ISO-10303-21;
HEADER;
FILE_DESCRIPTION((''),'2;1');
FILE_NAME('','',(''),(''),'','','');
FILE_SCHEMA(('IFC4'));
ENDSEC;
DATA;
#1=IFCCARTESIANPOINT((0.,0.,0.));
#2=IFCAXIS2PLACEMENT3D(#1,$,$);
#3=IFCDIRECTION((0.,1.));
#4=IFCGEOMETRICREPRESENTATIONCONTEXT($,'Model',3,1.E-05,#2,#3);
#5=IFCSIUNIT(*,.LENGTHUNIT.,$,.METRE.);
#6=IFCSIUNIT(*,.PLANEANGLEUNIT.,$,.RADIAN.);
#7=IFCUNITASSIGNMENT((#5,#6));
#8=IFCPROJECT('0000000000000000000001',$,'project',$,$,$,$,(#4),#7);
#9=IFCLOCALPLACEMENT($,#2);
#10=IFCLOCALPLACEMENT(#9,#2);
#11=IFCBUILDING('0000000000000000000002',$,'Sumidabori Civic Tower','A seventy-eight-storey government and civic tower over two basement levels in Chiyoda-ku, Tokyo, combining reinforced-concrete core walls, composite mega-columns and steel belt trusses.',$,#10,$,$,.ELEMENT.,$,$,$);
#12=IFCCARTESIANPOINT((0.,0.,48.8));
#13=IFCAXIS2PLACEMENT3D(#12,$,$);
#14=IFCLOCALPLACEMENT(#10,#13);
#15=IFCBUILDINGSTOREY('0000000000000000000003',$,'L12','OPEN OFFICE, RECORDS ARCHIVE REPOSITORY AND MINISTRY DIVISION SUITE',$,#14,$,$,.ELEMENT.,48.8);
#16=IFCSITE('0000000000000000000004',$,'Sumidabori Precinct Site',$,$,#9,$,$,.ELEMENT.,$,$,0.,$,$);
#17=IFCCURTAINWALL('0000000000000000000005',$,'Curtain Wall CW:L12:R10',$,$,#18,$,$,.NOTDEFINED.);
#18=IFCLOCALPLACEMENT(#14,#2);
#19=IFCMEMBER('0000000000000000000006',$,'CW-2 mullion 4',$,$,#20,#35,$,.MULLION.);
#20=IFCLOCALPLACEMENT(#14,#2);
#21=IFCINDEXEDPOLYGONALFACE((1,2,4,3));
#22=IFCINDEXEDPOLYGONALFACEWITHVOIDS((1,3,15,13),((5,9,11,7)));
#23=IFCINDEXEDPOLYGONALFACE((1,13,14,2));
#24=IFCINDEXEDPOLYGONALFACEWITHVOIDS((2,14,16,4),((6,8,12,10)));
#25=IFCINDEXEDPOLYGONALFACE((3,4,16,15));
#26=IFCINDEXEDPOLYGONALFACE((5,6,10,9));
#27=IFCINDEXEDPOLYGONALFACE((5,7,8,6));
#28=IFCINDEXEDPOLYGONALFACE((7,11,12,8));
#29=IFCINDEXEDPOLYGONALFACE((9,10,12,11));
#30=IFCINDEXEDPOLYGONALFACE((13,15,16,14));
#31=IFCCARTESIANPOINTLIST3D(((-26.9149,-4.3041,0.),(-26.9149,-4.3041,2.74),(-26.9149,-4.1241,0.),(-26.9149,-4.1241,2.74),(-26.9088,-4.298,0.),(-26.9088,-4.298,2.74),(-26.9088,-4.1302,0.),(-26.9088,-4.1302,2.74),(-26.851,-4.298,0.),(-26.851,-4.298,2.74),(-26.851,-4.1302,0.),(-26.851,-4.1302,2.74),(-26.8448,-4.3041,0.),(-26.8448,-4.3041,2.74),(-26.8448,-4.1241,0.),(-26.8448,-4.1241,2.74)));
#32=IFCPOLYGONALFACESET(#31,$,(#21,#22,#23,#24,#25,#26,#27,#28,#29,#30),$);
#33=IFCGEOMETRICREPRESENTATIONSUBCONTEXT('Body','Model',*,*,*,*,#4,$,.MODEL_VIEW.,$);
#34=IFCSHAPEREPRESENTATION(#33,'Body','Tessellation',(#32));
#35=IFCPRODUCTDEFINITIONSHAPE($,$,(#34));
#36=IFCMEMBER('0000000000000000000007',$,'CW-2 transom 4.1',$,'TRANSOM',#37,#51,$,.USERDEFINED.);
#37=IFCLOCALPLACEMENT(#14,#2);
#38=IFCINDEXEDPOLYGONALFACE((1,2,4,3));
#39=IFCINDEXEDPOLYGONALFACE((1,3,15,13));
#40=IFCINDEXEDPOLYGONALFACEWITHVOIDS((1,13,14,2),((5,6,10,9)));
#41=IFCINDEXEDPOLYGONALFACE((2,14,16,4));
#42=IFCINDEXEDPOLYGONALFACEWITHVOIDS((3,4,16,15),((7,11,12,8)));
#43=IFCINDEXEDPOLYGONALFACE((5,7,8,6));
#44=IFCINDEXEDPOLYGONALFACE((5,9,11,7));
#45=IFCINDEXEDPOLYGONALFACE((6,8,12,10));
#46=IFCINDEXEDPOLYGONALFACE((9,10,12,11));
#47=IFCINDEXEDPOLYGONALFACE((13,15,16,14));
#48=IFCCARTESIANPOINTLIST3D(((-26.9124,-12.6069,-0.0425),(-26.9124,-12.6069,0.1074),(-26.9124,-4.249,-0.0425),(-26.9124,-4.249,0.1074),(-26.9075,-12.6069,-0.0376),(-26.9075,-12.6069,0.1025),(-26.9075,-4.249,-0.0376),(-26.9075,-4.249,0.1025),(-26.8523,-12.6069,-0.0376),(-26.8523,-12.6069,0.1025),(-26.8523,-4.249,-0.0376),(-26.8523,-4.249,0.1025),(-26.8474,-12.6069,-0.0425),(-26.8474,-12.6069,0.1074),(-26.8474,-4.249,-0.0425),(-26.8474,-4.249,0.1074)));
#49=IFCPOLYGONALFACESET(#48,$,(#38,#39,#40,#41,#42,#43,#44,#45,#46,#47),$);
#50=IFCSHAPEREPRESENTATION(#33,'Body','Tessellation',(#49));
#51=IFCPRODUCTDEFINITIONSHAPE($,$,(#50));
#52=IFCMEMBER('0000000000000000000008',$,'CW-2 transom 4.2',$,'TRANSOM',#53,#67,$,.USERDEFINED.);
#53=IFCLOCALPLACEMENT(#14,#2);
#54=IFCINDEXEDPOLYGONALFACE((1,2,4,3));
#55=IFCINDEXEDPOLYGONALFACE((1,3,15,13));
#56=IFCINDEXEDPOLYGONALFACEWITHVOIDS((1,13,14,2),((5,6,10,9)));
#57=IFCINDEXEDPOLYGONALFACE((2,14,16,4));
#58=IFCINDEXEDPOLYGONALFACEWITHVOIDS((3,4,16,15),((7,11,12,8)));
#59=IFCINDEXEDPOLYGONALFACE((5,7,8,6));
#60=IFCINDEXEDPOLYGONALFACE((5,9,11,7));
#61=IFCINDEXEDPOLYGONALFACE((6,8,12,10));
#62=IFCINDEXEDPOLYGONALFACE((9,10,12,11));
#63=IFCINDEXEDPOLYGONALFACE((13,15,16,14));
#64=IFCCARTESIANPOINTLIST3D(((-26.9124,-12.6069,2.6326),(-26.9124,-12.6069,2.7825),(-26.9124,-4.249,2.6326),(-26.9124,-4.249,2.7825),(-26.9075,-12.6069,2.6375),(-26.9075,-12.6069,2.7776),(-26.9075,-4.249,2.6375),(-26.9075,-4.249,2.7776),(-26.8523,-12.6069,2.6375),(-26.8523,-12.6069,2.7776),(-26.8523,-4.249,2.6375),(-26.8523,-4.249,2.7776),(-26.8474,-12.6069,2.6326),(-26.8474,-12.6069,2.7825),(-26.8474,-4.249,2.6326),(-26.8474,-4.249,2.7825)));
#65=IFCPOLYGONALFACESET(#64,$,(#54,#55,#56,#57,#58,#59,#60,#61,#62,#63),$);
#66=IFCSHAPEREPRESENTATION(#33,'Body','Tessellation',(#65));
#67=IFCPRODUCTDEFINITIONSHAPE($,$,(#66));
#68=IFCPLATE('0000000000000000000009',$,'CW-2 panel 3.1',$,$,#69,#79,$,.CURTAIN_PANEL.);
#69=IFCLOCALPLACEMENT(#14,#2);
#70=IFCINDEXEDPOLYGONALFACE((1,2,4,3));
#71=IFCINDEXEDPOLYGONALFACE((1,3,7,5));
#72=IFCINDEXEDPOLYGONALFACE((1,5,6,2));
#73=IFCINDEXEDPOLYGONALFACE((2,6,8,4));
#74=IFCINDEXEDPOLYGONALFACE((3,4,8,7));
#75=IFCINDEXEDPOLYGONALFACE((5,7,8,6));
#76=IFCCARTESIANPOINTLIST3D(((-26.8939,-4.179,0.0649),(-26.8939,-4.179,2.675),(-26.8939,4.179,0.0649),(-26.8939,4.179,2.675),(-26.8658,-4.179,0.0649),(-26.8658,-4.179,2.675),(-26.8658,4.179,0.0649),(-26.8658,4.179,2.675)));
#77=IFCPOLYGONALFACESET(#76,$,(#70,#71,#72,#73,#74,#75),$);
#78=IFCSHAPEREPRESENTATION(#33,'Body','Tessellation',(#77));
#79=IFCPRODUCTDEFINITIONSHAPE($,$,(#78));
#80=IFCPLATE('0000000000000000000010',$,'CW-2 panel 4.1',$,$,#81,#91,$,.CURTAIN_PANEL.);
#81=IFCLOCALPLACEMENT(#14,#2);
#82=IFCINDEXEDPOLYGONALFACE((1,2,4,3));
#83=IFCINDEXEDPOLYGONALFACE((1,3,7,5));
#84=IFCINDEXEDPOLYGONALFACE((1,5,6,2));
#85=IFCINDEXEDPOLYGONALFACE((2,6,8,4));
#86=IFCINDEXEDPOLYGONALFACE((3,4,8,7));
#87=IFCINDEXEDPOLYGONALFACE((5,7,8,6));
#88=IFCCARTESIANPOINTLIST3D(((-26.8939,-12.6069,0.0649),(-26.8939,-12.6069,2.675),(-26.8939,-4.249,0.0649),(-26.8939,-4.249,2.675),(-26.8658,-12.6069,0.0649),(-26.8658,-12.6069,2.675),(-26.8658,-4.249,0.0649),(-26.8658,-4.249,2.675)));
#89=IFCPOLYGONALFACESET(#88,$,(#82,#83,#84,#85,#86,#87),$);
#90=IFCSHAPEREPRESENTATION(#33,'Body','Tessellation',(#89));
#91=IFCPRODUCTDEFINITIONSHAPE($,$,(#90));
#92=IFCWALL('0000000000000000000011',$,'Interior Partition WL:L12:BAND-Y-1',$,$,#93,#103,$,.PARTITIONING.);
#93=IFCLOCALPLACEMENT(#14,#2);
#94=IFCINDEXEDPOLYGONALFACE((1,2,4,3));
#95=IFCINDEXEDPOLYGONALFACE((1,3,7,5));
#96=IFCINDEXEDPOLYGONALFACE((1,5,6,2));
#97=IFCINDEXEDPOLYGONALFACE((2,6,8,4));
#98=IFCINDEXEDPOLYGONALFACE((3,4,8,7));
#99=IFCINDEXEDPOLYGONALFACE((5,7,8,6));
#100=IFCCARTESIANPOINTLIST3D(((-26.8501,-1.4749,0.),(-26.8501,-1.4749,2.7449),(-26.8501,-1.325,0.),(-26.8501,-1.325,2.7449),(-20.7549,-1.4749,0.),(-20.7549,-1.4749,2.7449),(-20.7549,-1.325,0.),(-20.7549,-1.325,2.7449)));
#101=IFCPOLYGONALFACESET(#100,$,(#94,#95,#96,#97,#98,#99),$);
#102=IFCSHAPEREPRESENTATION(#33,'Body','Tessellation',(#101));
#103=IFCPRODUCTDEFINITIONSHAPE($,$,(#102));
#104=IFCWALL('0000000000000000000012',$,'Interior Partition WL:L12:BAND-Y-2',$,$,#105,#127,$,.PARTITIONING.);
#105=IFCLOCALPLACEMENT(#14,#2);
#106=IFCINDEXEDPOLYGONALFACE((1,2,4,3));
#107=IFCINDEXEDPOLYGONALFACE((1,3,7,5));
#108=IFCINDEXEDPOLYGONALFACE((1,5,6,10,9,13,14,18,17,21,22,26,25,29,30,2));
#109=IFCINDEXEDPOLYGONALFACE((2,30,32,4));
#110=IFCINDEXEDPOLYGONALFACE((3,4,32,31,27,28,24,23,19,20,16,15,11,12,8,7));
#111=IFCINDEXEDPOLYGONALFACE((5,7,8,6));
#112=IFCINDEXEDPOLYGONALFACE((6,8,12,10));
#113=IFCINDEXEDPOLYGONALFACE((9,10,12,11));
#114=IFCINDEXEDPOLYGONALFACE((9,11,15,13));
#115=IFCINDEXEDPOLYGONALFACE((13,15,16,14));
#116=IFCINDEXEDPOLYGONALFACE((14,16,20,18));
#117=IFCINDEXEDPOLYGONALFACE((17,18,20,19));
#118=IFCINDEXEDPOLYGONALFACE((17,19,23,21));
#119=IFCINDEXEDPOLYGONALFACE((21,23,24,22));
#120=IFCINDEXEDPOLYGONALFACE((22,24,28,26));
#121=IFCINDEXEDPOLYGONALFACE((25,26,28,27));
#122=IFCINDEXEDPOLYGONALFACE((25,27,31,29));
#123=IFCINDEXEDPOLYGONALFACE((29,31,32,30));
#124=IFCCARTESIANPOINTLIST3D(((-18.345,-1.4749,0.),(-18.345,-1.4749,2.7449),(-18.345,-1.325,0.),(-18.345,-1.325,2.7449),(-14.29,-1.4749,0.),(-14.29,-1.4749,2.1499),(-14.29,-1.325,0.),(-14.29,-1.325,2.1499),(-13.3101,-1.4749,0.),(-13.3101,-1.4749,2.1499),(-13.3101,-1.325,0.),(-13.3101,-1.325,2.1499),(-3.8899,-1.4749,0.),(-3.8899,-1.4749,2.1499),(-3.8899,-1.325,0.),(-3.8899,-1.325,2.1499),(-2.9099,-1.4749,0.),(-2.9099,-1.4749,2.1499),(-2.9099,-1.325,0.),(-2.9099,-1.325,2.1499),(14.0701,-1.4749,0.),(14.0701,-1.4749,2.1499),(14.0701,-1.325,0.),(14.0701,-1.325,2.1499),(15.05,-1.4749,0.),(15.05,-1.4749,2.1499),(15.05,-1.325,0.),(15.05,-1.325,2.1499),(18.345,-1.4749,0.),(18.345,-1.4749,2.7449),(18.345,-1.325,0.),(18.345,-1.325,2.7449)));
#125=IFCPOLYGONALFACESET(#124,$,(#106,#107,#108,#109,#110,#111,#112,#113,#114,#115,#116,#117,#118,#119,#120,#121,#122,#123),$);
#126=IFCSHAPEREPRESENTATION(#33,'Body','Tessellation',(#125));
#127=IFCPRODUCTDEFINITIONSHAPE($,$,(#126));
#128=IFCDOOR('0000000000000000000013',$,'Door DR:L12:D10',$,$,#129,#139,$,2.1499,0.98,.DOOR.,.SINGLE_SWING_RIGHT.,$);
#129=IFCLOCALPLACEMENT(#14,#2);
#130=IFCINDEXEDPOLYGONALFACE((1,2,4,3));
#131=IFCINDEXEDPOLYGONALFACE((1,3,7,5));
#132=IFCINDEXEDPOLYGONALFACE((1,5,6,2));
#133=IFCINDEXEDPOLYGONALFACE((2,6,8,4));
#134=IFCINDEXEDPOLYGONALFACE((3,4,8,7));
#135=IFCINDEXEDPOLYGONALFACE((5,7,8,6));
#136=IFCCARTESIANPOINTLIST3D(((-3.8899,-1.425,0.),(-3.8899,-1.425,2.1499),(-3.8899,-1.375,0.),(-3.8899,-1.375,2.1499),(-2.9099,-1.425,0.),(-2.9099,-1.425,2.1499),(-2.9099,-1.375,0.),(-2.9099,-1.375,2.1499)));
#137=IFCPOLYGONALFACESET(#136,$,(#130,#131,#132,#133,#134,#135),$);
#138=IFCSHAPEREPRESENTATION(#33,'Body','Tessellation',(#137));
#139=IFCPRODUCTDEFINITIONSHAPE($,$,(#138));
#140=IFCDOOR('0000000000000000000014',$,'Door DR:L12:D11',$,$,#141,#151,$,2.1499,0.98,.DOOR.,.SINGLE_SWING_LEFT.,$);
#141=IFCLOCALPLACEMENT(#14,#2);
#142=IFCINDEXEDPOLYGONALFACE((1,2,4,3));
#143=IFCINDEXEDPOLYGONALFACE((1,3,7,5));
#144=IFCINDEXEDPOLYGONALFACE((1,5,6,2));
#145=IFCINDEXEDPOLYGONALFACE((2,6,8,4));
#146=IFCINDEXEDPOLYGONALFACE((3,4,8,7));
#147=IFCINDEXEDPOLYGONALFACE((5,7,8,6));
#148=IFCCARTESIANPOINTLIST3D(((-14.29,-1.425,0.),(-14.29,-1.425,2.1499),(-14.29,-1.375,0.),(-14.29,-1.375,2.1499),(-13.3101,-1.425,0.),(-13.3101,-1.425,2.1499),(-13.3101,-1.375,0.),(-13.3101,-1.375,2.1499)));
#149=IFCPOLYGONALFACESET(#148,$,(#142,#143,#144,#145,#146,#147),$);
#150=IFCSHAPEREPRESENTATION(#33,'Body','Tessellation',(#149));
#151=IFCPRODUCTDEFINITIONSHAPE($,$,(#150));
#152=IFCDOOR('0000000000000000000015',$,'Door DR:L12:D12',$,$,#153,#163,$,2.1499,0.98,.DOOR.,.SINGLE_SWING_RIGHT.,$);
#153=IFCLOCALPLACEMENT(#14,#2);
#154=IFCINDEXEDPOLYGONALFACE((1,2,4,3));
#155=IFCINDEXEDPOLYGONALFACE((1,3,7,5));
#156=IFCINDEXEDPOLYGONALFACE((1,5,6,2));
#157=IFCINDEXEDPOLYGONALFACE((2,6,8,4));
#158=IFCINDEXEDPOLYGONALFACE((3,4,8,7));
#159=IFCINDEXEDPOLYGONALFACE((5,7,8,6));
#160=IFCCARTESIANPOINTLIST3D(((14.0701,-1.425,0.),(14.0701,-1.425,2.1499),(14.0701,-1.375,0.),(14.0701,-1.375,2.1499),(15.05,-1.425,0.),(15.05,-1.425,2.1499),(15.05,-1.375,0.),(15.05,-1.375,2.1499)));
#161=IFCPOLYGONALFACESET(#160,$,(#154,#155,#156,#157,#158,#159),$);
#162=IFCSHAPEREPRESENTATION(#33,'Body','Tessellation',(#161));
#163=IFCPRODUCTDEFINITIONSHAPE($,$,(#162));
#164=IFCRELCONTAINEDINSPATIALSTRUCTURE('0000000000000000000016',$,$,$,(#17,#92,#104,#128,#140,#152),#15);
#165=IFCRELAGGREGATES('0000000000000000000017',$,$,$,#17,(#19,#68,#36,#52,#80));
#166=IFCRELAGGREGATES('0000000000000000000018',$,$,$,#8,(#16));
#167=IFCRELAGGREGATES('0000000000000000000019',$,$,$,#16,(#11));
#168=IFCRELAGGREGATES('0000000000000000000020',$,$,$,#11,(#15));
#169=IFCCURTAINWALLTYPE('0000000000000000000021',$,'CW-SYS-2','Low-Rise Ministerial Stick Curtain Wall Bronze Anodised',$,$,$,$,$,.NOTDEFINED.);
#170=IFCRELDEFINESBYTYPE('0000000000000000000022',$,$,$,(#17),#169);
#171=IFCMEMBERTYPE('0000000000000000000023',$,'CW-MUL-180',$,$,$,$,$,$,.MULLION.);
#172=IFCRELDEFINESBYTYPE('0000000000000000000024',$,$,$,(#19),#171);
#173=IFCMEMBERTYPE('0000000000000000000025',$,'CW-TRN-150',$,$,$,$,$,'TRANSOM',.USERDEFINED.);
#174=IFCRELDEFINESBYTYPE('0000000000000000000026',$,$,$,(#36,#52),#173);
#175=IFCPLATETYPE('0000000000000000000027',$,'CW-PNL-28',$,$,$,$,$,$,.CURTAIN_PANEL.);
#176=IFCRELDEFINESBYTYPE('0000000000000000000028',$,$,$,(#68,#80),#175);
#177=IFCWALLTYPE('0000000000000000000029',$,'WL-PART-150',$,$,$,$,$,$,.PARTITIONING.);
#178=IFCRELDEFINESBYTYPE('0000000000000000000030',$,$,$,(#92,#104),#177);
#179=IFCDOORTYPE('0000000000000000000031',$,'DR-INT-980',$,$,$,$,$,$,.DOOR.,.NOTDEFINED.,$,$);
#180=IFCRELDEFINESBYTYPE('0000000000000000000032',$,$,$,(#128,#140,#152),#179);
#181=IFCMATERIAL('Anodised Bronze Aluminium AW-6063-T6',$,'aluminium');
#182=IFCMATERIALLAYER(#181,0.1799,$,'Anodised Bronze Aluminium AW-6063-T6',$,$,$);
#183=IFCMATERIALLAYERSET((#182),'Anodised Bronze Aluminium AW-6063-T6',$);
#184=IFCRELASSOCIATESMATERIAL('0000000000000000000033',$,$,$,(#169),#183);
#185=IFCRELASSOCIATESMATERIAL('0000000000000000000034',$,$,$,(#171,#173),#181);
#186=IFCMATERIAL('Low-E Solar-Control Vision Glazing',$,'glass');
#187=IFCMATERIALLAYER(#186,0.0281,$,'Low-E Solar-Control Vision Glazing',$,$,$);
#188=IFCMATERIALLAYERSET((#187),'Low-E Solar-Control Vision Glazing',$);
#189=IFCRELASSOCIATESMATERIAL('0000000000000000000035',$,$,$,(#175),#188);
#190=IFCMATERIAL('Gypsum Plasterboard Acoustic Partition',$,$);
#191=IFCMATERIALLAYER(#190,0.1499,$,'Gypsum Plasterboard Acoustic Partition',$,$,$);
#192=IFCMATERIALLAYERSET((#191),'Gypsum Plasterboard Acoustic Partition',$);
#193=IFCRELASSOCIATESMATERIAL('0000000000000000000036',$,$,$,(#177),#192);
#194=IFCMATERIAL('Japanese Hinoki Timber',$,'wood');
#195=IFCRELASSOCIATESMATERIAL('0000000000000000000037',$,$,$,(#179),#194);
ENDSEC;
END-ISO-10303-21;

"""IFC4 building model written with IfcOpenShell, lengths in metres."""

from ifc_helpers import new_model, si_unit, direction, frame, frame_2d, origin, origin_2d, place, context, subcontext, project, spatial, rectangle, hollow_rectangle, extrude, source, transform, mapped, material, layer, layer_set, material_profile, profile_set, type_object, element, fill, aggregate, save


model = new_model("IFC4")

# Units and contexts
model_context = context("Model", 3, precision=1e-05, world=origin(), true_north=direction((0.0, 1.0)))
body_context = subcontext(model_context, "Body", "Model", "MODEL_VIEW")
ifc_project = project(units=[si_unit("LENGTHUNIT", "METRE"), si_unit("PLANEANGLEUNIT", "RADIAN")], contexts=[model_context])

# Site, building, storey
site_placement = place(None, origin())
site = spatial("IfcSite", under=ifc_project, at=site_placement, Name="Sumidabori Precinct Site", CompositionType="ELEMENT", RefElevation=0.0)
building_placement = place(site_placement, origin())
building = spatial("IfcBuilding", under=site, at=building_placement, Name="Sumidabori Civic Tower", Description="A seventy-eight-storey government and civic tower over two basement levels in Chiyoda-ku, Tokyo, combining reinforced-concrete core walls, composite mega-columns and steel belt trusses.", CompositionType="ELEMENT")
storey_placement = place(building_placement, frame((0.0, 0.0, 48.8)))
storey = spatial("IfcBuildingStorey", under=building, at=storey_placement, Name="L12", Description="OPEN OFFICE, RECORDS ARCHIVE REPOSITORY AND MINISTRY DIVISION SUITE", CompositionType="ELEMENT", Elevation=48.8)

# Curtain wall, members, plates
ifc_material_1 = material(Name="Anodised Bronze Aluminium AW-6063-T6", Category="aluminium")
ifc_layer_1 = layer(ifc_material_1, 0.1799, Name="Anodised Bronze Aluminium AW-6063-T6")
ifc_layer_set_1 = layer_set([ifc_layer_1], Name="Anodised Bronze Aluminium AW-6063-T6")
curtain_wall_type = type_object("IfcCurtainWallType", Name="CW-SYS-2", Description="Low-Rise Ministerial Stick Curtain Wall Bronze Anodised", PredefinedType="NOTDEFINED", material=ifc_layer_set_1)
curtain_wall_placement = place(storey_placement, origin())
curtain_wall = element("IfcCurtainWall", 1, at=curtain_wall_placement, inside=storey, type_object=curtain_wall_type, Name="Curtain Wall CW:L12:R10", PredefinedType="NOTDEFINED")
ifc_material_profile_1 = material_profile(ifc_material_1, hollow_rectangle(XDim=0.0701, YDim=0.1799, WallThickness=0.0061, at=origin_2d()), Name="ALU MULLION 180x70")
ifc_profile_set_1 = profile_set([ifc_material_profile_1], Name="Anodised Bronze Aluminium AW-6063-T6")
member_type_1 = type_object("IfcMemberType", Name="CW-MUL-180", PredefinedType="MULLION", material=ifc_profile_set_1)
shared_shape_1 = source(origin(), body_context, "Body", "SweptSolid", [
    extrude(hollow_rectangle(XDim=0.0701, YDim=0.1799, WallThickness=0.0061, at=origin_2d()), origin(), (0.0, 0.0, 1.0), 2.74),
])
member_1_placement = place(storey_placement, frame((-26.8799, -4.2141, 0.0), z_axis=(0.0, 0.0, 1.0), x_axis=(1.0, 0.0, 0.0)))
member_1 = element("IfcMember", 2, at=member_1_placement, type_object=member_type_1, Name="CW-2 mullion 4", PredefinedType="MULLION", context=body_context, shape_type="MappedRepresentation", body=[
    mapped(shared_shape_1, transform((0.0, 0.0, 0.0), x_axis=(1.0, 0.0, 0.0), y_axis=(0.0, 1.0, 0.0), z_axis=(0.0, 0.0, 1.0), scale=1.0)),
])
ifc_material_profile_2 = material_profile(ifc_material_1, hollow_rectangle(XDim=0.0649, YDim=0.1499, WallThickness=0.0049, at=origin_2d()), Name="ALU TRANSOM 150x65")
ifc_profile_set_2 = profile_set([ifc_material_profile_2], Name="Anodised Bronze Aluminium AW-6063-T6")
member_type_2 = type_object("IfcMemberType", Name="CW-TRN-150", ElementType="TRANSOM", PredefinedType="USERDEFINED", material=ifc_profile_set_2)
shared_shape_2 = source(origin(), body_context, "Body", "SweptSolid", [
    extrude(hollow_rectangle(XDim=0.0649, YDim=0.1499, WallThickness=0.0049, at=origin_2d()), origin(), (0.0, 0.0, 1.0), 8.3579),
])
member_2_placement = place(storey_placement, frame((-26.8799, -4.249, 0.0325), z_axis=(0.0, -1.0, 0.0), x_axis=(1.0, 0.0, 0.0)))
member_2 = element("IfcMember", 3, at=member_2_placement, type_object=member_type_2, Name="CW-2 transom 4.1", ObjectType="TRANSOM", PredefinedType="USERDEFINED", context=body_context, shape_type="MappedRepresentation", body=[
    mapped(shared_shape_2, transform((0.0, 0.0, 0.0), x_axis=(1.0, 0.0, 0.0), y_axis=(0.0, 1.0, 0.0), z_axis=(0.0, 0.0, 1.0), scale=1.0)),
])
member_3_placement = place(storey_placement, frame((-26.8799, -4.249, 2.7075), z_axis=(0.0, -1.0, 0.0), x_axis=(1.0, 0.0, 0.0)))
member_3 = element("IfcMember", 4, at=member_3_placement, type_object=member_type_2, Name="CW-2 transom 4.2", ObjectType="TRANSOM", PredefinedType="USERDEFINED", context=body_context, shape_type="MappedRepresentation", body=[
    mapped(shared_shape_2, transform((0.0, 0.0, 0.0), x_axis=(1.0, 0.0, 0.0), y_axis=(0.0, 1.0, 0.0), z_axis=(0.0, 0.0, 1.0), scale=1.0)),
])
ifc_material_2 = material(Name="Low-E Solar-Control Vision Glazing", Category="glass")
ifc_layer_2 = layer(ifc_material_2, 0.0281, Name="Low-E Solar-Control Vision Glazing")
ifc_layer_set_2 = layer_set([ifc_layer_2], Name="Low-E Solar-Control Vision Glazing")
plate_type = type_object("IfcPlateType", Name="CW-PNL-28", PredefinedType="CURTAIN_PANEL", material=ifc_layer_set_2)
shared_shape_3 = source(origin(), body_context, "Body", "SweptSolid", [
    extrude(rectangle(XDim=8.3579, YDim=0.0281, at=origin_2d()), origin(), (0.0, 0.0, 1.0), 2.6101),
])
plate_1_placement = place(storey_placement, frame((-26.8799, 0.0, 0.0649), z_axis=(0.0, 0.0, 1.0), x_axis=(0.0, -1.0, 0.0)))
plate_1 = element("IfcPlate", 5, at=plate_1_placement, type_object=plate_type, Name="CW-2 panel 3.1", PredefinedType="CURTAIN_PANEL", context=body_context, shape_type="MappedRepresentation", body=[
    mapped(shared_shape_3, transform((0.0, 0.0, 0.0), x_axis=(1.0, 0.0, 0.0), y_axis=(0.0, 1.0, 0.0), z_axis=(0.0, 0.0, 1.0), scale=1.0)),
])
plate_2_placement = place(storey_placement, frame((-26.8799, -8.428, 0.0649), z_axis=(0.0, 0.0, 1.0), x_axis=(0.0, -1.0, 0.0)))
plate_2 = element("IfcPlate", 6, at=plate_2_placement, type_object=plate_type, Name="CW-2 panel 4.1", PredefinedType="CURTAIN_PANEL", context=body_context, shape_type="MappedRepresentation", body=[
    mapped(shared_shape_3, transform((0.0, 0.0, 0.0), x_axis=(1.0, 0.0, 0.0), y_axis=(0.0, 1.0, 0.0), z_axis=(0.0, 0.0, 1.0), scale=1.0)),
])
aggregate(curtain_wall, [member_1, plate_1, member_2, member_3, plate_2])

# Wall
ifc_material_3 = material(Name="Gypsum Plasterboard Acoustic Partition")
ifc_layer_3 = layer(ifc_material_3, 0.1499, Name="Gypsum Plasterboard Acoustic Partition")
ifc_layer_set_3 = layer_set([ifc_layer_3], Name="Gypsum Plasterboard Acoustic Partition")
wall_type = type_object("IfcWallType", Name="WL-PART-150", PredefinedType="PARTITIONING", material=ifc_layer_set_3)
shared_shape_4 = source(origin(), body_context, "Body", "SweptSolid", [
    extrude(rectangle(XDim=6.0952, YDim=0.1499, at=frame_2d((3.0476, 0.0))), origin(), (0.0, 0.0, 1.0), 2.7449),
])
wall_1_placement = place(storey_placement, frame((-26.8501, -1.3999, 0.0), z_axis=(0.0, 0.0, 1.0), x_axis=(1.0, 0.0, 0.0)))
element("IfcWall", 7, at=wall_1_placement, inside=storey, type_object=wall_type, Name="Interior Partition WL:L12:BAND-Y-1", PredefinedType="PARTITIONING", context=body_context, shape_type="MappedRepresentation", body=[
    mapped(shared_shape_4, transform((0.0, 0.0, 0.0), x_axis=(1.0, 0.0, 0.0), y_axis=(0.0, 1.0, 0.0), z_axis=(0.0, 0.0, 1.0), scale=1.0)),
])

# Wall, openings, doors
shared_shape_5 = source(origin(), body_context, "Body", "SweptSolid", [
    extrude(rectangle(XDim=36.6899, YDim=0.1499, at=frame_2d((18.345, 0.0))), origin(), (0.0, 0.0, 1.0), 2.7449),
])
wall_2_placement = place(storey_placement, frame((-18.345, -1.3999, 0.0), z_axis=(0.0, 0.0, 1.0), x_axis=(1.0, 0.0, 0.0)))
wall_2 = element("IfcWall", 8, at=wall_2_placement, inside=storey, type_object=wall_type, Name="Interior Partition WL:L12:BAND-Y-2", PredefinedType="PARTITIONING", context=body_context, shape_type="MappedRepresentation", body=[
    mapped(shared_shape_5, transform((0.0, 0.0, 0.0), x_axis=(1.0, 0.0, 0.0), y_axis=(0.0, 1.0, 0.0), z_axis=(0.0, 0.0, 1.0), scale=1.0)),
])
opening_1_placement = place(wall_2_placement, frame((14.4551, 0.0, 0.0)))
opening_1 = element("IfcOpeningElement", 9, at=opening_1_placement, cuts=wall_2, PredefinedType="OPENING", context=body_context, shape_type="SweptSolid", body=[
    extrude(rectangle(XDim=0.98, YDim=2.1499, at=frame_2d((0.49, 1.075))), frame((0.0, 0.0869, 0.0), z_axis=(0.0, -1.0, 0.0), x_axis=(1.0, 0.0, 0.0)), (0.0, 0.0, 1.0), 0.1738),
])
opening_2_placement = place(wall_2_placement, frame((4.0549, 0.0, 0.0)))
opening_2 = element("IfcOpeningElement", 10, at=opening_2_placement, cuts=wall_2, PredefinedType="OPENING", context=body_context, shape_type="SweptSolid", body=[
    extrude(rectangle(XDim=0.98, YDim=2.1499, at=frame_2d((0.49, 1.075))), frame((0.0, 0.0869, 0.0), z_axis=(0.0, -1.0, 0.0), x_axis=(1.0, 0.0, 0.0)), (0.0, 0.0, 1.0), 0.1738),
])
opening_3_placement = place(wall_2_placement, frame((32.415, 0.0, 0.0)))
opening_3 = element("IfcOpeningElement", 11, at=opening_3_placement, cuts=wall_2, PredefinedType="OPENING", context=body_context, shape_type="SweptSolid", body=[
    extrude(rectangle(XDim=0.98, YDim=2.1499, at=frame_2d((0.49, 1.075))), frame((0.0, 0.0869, 0.0), z_axis=(0.0, -1.0, 0.0), x_axis=(1.0, 0.0, 0.0)), (0.0, 0.0, 1.0), 0.1738),
])
ifc_material_4 = material(Name="Japanese Hinoki Timber", Category="wood")
door_type = type_object("IfcDoorType", Name="DR-INT-980", OperationType="NOTDEFINED", PredefinedType="DOOR", material=ifc_material_4)
shared_shape_6 = source(origin(), body_context, "Body", "SweptSolid", [
    extrude(rectangle(XDim=0.98, YDim=2.1499, at=frame_2d((0.49, 1.075))), frame((0.0, 0.0249, 0.0), z_axis=(0.0, -1.0, 0.0), x_axis=(1.0, 0.0, 0.0)), (0.0, 0.0, 1.0), 0.05),
])
door_1_placement = place(opening_1_placement, origin())
door_1 = element("IfcDoor", 12, at=door_1_placement, inside=storey, type_object=door_type, Name="Door DR:L12:D10", OperationType="SINGLE_SWING_RIGHT", OverallHeight=2.1499, OverallWidth=0.98, PredefinedType="DOOR", context=body_context, shape_type="MappedRepresentation", body=[
    mapped(shared_shape_6, transform((0.0, 0.0, 0.0), x_axis=(1.0, 0.0, 0.0), y_axis=(0.0, 1.0, 0.0), z_axis=(0.0, 0.0, 1.0), scale=1.0)),
])
fill(opening_1, door_1)
door_2_placement = place(opening_2_placement, origin())
door_2 = element("IfcDoor", 13, at=door_2_placement, inside=storey, type_object=door_type, Name="Door DR:L12:D11", OperationType="SINGLE_SWING_LEFT", OverallHeight=2.1499, OverallWidth=0.98, PredefinedType="DOOR", context=body_context, shape_type="MappedRepresentation", body=[
    mapped(shared_shape_6, transform((0.0, 0.0, 0.0), x_axis=(1.0, 0.0, 0.0), y_axis=(0.0, 1.0, 0.0), z_axis=(0.0, 0.0, 1.0), scale=1.0)),
])
fill(opening_2, door_2)
door_3_placement = place(opening_3_placement, origin())
door_3 = element("IfcDoor", 14, at=door_3_placement, inside=storey, type_object=door_type, Name="Door DR:L12:D12", OperationType="SINGLE_SWING_RIGHT", OverallHeight=2.1499, OverallWidth=0.98, PredefinedType="DOOR", context=body_context, shape_type="MappedRepresentation", body=[
    mapped(shared_shape_6, transform((0.0, 0.0, 0.0), x_axis=(1.0, 0.0, 0.0), y_axis=(0.0, 1.0, 0.0), z_axis=(0.0, 0.0, 1.0), scale=1.0)),
])
fill(opening_3, door_3)

save(model, "model.ifc")
